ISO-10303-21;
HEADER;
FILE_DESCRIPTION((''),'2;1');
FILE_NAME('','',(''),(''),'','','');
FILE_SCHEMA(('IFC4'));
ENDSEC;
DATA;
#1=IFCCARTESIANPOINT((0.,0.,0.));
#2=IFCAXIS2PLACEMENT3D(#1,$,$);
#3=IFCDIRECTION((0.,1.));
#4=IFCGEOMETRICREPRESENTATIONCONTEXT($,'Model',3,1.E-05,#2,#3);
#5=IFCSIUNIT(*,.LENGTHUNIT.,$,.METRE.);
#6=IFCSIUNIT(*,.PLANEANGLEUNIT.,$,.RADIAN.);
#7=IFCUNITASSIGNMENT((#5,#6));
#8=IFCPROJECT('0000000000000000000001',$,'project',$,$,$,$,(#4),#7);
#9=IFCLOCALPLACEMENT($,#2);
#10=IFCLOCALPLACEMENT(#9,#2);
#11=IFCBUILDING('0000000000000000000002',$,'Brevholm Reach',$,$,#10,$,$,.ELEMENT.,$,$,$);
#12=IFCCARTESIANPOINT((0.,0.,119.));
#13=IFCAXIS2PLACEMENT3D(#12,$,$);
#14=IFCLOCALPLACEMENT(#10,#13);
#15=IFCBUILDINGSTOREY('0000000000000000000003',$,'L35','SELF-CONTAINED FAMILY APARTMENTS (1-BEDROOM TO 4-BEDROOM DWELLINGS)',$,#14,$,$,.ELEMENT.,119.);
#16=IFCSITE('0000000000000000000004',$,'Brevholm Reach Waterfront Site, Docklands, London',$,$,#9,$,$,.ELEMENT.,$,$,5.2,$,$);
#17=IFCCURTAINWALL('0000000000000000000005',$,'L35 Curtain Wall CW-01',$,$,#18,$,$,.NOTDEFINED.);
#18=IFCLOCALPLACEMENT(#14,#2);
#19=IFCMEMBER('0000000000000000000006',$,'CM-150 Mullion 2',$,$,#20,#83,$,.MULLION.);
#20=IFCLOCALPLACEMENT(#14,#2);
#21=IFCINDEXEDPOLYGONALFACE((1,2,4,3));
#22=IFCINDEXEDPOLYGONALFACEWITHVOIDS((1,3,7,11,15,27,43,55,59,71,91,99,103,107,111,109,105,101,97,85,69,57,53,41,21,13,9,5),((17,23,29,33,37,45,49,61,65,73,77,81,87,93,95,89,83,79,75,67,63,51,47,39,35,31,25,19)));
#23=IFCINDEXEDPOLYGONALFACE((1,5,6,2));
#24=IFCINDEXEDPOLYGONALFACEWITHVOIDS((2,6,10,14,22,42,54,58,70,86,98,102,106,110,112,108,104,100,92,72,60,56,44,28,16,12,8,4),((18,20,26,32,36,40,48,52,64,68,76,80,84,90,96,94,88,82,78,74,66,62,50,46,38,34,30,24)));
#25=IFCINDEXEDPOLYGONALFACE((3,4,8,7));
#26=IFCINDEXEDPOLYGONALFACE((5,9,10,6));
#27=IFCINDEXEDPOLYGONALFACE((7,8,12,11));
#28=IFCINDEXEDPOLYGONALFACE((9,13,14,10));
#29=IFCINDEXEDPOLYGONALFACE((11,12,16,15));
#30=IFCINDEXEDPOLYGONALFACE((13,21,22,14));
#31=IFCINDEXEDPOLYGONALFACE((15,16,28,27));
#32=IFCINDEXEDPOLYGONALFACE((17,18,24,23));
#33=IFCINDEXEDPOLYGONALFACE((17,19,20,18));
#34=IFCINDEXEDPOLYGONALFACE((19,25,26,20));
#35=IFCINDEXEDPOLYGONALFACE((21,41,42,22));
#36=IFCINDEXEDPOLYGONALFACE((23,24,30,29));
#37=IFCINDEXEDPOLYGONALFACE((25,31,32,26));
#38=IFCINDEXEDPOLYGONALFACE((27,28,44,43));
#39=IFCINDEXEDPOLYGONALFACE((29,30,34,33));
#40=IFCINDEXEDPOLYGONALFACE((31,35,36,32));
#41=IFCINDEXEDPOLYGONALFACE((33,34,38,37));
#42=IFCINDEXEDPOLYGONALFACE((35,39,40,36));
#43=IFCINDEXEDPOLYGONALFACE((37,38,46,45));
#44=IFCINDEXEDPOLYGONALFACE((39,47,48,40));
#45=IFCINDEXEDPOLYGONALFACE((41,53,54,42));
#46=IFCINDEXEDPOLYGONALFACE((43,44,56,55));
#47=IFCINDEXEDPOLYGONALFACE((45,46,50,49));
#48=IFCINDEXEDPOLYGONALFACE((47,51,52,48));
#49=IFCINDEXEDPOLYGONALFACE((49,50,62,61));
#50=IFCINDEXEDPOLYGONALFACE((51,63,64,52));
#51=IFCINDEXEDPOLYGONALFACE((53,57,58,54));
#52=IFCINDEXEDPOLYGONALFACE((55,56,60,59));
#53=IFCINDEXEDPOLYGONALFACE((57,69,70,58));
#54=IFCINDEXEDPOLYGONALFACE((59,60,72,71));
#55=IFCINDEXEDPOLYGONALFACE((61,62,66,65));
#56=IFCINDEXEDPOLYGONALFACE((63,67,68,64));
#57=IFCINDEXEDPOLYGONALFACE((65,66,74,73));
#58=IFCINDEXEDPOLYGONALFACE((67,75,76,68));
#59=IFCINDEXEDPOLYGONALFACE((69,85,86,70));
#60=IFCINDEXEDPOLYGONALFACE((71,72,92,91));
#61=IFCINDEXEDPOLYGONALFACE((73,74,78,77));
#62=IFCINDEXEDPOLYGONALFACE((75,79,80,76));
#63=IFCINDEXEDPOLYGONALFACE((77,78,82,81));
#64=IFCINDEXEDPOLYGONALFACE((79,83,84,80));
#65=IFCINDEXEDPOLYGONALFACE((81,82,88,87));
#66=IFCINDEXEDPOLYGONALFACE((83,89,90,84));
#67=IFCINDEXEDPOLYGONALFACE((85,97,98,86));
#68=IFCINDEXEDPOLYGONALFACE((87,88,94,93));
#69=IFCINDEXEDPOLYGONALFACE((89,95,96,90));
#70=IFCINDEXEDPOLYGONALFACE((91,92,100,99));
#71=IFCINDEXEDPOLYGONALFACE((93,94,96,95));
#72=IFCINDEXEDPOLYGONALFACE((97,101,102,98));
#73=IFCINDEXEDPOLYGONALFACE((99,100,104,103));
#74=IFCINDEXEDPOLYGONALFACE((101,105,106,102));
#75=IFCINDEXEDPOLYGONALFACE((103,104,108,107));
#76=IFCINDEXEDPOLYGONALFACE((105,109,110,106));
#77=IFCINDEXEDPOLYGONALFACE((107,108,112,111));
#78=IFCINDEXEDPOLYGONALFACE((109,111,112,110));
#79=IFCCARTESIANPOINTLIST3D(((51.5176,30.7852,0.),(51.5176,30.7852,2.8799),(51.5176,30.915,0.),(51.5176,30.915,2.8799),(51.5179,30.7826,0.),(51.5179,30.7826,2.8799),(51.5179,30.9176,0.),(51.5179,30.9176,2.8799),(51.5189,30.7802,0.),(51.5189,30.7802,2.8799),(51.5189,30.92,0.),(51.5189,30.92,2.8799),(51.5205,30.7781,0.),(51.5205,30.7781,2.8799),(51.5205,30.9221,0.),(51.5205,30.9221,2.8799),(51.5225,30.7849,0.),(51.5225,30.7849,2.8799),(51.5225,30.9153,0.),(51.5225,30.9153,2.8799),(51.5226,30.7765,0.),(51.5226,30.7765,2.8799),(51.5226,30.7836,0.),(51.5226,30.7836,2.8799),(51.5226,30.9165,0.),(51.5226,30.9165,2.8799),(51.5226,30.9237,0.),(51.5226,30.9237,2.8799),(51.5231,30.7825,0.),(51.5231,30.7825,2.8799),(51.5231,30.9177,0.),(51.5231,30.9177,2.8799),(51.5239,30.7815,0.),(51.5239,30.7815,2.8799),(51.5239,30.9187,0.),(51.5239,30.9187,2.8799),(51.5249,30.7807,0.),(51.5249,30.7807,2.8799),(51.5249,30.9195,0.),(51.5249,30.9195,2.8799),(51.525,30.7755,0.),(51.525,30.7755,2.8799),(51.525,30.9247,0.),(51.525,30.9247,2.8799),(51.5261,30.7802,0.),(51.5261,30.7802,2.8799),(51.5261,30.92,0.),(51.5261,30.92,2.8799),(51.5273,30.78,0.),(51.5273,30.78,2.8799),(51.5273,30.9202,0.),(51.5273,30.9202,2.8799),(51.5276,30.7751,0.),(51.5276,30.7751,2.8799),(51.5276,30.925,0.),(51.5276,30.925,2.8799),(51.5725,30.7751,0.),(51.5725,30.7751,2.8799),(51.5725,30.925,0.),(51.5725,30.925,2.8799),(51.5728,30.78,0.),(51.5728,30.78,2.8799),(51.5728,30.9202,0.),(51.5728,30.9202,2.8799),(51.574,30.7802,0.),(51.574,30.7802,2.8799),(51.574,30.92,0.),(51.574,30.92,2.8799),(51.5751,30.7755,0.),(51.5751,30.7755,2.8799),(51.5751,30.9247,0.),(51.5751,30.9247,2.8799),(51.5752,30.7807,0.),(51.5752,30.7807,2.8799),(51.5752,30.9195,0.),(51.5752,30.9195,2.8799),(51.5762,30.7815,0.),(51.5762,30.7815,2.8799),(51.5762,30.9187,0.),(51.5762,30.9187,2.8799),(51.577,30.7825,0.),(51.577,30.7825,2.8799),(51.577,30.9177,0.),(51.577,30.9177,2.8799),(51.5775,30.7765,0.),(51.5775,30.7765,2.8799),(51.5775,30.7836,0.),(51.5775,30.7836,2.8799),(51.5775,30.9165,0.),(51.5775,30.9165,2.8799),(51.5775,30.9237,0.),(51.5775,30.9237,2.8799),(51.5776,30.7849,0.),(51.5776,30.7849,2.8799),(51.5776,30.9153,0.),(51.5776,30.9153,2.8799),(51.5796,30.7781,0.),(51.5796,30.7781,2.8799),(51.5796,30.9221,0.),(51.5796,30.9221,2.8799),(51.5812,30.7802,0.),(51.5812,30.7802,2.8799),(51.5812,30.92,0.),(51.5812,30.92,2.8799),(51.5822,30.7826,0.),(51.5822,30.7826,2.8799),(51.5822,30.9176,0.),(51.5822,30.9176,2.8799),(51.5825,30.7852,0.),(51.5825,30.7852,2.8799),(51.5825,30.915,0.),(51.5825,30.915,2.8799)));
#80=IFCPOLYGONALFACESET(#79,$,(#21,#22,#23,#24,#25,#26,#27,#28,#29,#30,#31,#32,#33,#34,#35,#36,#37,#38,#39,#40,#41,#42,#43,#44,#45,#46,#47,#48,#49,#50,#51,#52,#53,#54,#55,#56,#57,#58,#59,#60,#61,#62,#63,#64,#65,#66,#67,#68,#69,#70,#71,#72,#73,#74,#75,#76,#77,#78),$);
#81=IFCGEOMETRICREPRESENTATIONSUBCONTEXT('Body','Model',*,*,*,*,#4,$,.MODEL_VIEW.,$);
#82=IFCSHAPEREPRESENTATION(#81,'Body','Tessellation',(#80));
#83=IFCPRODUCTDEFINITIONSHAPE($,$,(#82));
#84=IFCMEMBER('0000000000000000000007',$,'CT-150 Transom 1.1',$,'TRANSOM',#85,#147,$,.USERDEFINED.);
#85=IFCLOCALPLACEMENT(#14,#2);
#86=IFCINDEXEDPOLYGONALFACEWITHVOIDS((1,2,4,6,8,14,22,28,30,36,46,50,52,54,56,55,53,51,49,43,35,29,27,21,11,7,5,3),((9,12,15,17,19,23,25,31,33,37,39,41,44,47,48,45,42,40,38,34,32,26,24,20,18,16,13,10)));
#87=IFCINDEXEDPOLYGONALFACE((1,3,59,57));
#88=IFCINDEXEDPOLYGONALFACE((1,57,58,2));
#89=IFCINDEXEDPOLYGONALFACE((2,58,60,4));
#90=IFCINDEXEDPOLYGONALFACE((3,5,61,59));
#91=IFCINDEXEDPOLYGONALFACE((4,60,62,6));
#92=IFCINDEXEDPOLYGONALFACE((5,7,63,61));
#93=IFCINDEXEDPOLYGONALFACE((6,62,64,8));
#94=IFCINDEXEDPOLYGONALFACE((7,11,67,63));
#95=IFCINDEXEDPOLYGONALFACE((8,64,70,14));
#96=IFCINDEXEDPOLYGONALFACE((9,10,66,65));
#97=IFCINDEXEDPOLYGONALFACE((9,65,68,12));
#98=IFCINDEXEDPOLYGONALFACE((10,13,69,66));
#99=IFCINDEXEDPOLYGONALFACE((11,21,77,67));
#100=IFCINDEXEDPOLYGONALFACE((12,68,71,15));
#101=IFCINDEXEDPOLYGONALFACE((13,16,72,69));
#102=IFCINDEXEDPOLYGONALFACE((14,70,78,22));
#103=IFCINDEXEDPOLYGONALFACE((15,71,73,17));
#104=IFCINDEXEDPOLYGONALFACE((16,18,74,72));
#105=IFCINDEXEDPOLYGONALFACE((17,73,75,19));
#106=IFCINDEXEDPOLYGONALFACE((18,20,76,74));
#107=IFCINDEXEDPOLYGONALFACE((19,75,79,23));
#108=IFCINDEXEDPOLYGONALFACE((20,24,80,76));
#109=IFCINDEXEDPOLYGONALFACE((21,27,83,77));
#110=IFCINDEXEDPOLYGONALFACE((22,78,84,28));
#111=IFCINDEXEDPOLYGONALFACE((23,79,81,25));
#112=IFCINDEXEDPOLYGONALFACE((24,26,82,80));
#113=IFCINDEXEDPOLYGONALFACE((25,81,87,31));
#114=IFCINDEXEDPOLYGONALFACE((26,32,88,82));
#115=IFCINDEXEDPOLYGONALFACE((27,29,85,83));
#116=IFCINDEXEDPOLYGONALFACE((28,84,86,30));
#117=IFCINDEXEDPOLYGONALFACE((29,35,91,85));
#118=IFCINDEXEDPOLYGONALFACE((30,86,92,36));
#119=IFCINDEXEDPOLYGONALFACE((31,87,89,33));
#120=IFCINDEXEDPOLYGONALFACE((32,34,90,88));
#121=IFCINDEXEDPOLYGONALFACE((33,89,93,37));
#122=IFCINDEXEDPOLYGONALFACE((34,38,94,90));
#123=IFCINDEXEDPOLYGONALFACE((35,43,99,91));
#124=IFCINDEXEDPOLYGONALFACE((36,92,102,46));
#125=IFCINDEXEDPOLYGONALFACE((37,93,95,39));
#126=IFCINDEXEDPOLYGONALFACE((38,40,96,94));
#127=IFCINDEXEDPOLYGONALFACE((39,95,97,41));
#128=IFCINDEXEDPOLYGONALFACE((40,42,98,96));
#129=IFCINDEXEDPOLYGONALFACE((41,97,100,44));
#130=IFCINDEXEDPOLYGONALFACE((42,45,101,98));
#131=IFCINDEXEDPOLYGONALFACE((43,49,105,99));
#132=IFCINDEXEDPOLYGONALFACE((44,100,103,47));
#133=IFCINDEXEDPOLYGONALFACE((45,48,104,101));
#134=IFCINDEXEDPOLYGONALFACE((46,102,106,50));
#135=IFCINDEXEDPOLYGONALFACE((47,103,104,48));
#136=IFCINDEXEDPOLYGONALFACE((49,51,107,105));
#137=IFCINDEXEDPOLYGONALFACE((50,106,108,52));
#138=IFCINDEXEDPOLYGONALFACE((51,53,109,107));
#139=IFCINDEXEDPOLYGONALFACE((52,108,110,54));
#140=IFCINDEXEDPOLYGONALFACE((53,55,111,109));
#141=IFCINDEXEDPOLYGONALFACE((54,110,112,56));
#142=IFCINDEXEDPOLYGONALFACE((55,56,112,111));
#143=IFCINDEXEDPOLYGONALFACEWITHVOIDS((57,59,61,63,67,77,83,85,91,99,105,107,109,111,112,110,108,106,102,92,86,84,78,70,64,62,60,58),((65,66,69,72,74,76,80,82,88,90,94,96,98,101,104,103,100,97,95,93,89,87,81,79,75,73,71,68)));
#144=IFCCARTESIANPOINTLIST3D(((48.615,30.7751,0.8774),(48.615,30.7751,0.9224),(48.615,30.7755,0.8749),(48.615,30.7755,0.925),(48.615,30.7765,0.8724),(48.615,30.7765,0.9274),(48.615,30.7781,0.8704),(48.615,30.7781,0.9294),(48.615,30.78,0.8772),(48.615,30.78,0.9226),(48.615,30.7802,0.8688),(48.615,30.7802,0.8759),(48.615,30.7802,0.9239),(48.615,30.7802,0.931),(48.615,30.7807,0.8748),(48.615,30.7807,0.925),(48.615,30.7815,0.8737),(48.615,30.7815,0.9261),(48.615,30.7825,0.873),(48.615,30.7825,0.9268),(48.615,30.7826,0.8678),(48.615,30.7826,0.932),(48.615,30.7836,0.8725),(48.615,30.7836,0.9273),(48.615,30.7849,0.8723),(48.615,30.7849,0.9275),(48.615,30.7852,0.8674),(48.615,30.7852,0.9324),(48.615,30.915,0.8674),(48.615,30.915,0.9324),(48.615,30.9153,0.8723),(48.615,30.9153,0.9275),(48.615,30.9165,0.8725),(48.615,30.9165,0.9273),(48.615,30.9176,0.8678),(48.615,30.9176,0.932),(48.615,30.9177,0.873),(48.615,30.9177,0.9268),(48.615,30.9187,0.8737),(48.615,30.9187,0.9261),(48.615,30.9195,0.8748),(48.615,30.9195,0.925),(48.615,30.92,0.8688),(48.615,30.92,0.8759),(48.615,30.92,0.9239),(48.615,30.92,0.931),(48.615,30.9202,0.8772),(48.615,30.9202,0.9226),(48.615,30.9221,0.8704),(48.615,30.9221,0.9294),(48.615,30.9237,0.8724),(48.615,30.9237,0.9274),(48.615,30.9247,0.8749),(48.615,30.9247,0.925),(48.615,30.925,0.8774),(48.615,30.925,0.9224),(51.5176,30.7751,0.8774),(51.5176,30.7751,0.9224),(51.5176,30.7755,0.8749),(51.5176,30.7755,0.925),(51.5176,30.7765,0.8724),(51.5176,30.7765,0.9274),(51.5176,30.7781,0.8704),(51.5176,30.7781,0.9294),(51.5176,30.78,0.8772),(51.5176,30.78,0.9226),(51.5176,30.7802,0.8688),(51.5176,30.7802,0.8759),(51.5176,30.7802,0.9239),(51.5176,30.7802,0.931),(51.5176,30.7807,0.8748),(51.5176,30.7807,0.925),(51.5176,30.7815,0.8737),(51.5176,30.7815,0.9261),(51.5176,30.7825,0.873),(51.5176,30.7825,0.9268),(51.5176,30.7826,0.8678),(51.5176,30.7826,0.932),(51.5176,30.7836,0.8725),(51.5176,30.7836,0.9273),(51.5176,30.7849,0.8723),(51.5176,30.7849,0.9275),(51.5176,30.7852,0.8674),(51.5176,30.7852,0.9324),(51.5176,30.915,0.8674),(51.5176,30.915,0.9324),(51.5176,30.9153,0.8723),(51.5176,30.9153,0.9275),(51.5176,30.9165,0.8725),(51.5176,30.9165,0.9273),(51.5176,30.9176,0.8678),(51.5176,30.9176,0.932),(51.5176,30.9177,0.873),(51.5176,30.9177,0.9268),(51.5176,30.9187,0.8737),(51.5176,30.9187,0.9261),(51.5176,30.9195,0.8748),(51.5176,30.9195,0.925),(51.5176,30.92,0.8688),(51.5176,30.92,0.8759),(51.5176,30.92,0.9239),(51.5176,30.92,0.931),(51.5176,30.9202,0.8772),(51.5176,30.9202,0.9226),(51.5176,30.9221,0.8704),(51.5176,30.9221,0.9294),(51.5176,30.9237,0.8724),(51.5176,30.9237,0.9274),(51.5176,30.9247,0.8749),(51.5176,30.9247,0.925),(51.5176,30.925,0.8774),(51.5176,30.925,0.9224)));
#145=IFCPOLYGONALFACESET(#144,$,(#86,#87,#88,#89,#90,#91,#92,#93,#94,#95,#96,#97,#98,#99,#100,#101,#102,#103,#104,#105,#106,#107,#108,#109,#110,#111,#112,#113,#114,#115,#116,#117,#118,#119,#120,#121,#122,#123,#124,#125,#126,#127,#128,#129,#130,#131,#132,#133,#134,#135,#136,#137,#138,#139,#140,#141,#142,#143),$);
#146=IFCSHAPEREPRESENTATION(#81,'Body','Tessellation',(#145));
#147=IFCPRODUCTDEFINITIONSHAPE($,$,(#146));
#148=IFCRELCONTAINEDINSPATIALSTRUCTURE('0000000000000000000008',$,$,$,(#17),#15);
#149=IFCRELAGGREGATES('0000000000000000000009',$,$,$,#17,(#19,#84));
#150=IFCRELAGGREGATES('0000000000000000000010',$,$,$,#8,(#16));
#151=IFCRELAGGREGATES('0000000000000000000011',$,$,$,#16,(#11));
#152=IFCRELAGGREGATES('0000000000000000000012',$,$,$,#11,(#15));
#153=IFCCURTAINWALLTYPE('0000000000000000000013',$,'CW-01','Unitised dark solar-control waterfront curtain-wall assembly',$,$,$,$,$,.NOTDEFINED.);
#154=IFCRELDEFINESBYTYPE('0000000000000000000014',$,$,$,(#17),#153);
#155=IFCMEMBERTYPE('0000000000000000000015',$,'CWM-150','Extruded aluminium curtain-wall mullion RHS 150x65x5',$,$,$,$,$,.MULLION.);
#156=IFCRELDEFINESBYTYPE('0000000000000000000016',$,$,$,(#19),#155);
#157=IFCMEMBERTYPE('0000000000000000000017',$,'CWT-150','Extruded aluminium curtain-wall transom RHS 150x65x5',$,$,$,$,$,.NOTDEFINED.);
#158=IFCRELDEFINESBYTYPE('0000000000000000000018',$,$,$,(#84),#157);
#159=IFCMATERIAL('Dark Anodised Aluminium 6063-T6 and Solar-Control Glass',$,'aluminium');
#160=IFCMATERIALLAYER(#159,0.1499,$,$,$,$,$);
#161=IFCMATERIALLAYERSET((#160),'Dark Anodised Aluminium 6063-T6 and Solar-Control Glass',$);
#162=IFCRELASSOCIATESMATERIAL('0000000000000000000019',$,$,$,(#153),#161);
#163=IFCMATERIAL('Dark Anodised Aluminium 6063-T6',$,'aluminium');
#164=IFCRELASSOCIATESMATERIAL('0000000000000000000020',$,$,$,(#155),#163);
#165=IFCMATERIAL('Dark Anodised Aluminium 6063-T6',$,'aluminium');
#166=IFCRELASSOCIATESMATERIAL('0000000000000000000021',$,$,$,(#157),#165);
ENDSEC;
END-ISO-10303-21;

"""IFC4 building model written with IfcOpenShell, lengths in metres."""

from ifc_helpers import new_model, si_unit, direction, frame, origin, origin_2d, place, context, subcontext, project, spatial, hollow_rectangle, extrude, material, layer, layer_set, material_profile, profile_set, type_object, element, aggregate, save


model = new_model("IFC4")

# Units and contexts
model_context = context("Model", 3, precision=1e-05, world=origin(), true_north=direction((0.0, 1.0)))
body_context = subcontext(model_context, "Body", "Model", "MODEL_VIEW")
ifc_project = project(units=[si_unit("LENGTHUNIT", "METRE"), si_unit("PLANEANGLEUNIT", "RADIAN")], contexts=[model_context])

# Site, building, storey
site_placement = place(None, origin())
site = spatial("IfcSite", under=ifc_project, at=site_placement, Name="Brevholm Reach Waterfront Site, Docklands, London", CompositionType="ELEMENT", RefElevation=5.2)
building_placement = place(site_placement, origin())
building = spatial("IfcBuilding", under=site, at=building_placement, Name="Brevholm Reach", CompositionType="ELEMENT")
storey_placement = place(building_placement, frame((0.0, 0.0, 119.0)))
storey = spatial("IfcBuildingStorey", under=building, at=storey_placement, Name="L35", Description="SELF-CONTAINED FAMILY APARTMENTS (1-BEDROOM TO 4-BEDROOM DWELLINGS)", CompositionType="ELEMENT", Elevation=119.0)

# Curtain wall, members
ifc_material_1 = material(Name="Dark Anodised Aluminium 6063-T6 and Solar-Control Glass", Category="aluminium")
ifc_layer_1 = layer(ifc_material_1, 0.1499)
ifc_layer_set_1 = layer_set([ifc_layer_1], Name="Dark Anodised Aluminium 6063-T6 and Solar-Control Glass")
curtain_wall_type = type_object("IfcCurtainWallType", Name="CW-01", Description="Unitised dark solar-control waterfront curtain-wall assembly", PredefinedType="NOTDEFINED", material=ifc_layer_set_1)
curtain_wall_placement = place(storey_placement, origin())
curtain_wall = element("IfcCurtainWall", 1, at=curtain_wall_placement, inside=storey, type_object=curtain_wall_type, Name="L35 Curtain Wall CW-01", PredefinedType="NOTDEFINED")
ifc_material_2 = material(Name="Dark Anodised Aluminium 6063-T6", Category="aluminium")
ifc_material_profile_1 = material_profile(ifc_material_2, hollow_rectangle(XDim=0.0649, YDim=0.1499, WallThickness=0.0049, InnerFilletRadius=0.0049, OuterFilletRadius=0.01, at=origin_2d()), Name="RHS 150x65x5")
ifc_profile_set_1 = profile_set([ifc_material_profile_1], Name="Dark Anodised Aluminium 6063-T6")
member_type_1 = type_object("IfcMemberType", Name="CWM-150", Description="Extruded aluminium curtain-wall mullion RHS 150x65x5", PredefinedType="MULLION", material=ifc_profile_set_1)
member_1_placement = place(storey_placement, frame((51.55, 30.8501, 0.0), z_axis=(0.0, 0.0, 1.0), x_axis=(1.0, 0.0, 0.0)))
member_1 = element("IfcMember", 2, at=member_1_placement, type_object=member_type_1, Name="CM-150 Mullion 2", PredefinedType="MULLION", context=body_context, shape_type="SweptSolid", body=[
    extrude(hollow_rectangle(XDim=0.0649, YDim=0.1499, WallThickness=0.0049, InnerFilletRadius=0.0049, OuterFilletRadius=0.01, at=origin_2d()), origin(), (0.0, 0.0, 1.0), 2.8799),
])
ifc_material_3 = material(Name="Dark Anodised Aluminium 6063-T6", Category="aluminium")
ifc_material_profile_2 = material_profile(ifc_material_3, hollow_rectangle(XDim=0.0649, YDim=0.1499, WallThickness=0.0049, InnerFilletRadius=0.0049, OuterFilletRadius=0.01, at=origin_2d()), Name="RHS 150x65x5")
ifc_profile_set_2 = profile_set([ifc_material_profile_2], Name="Dark Anodised Aluminium 6063-T6")
member_type_2 = type_object("IfcMemberType", Name="CWT-150", Description="Extruded aluminium curtain-wall transom RHS 150x65x5", PredefinedType="NOTDEFINED", material=ifc_profile_set_2)
member_2_placement = place(storey_placement, frame((48.615, 30.8501, 0.8999), z_axis=(1.0, 0.0, 0.0), x_axis=(0.0, 0.0, 1.0)))
member_2 = element("IfcMember", 3, at=member_2_placement, type_object=member_type_2, Name="CT-150 Transom 1.1", ObjectType="TRANSOM", PredefinedType="USERDEFINED", context=body_context, shape_type="SweptSolid", body=[
    extrude(hollow_rectangle(XDim=0.0649, YDim=0.1499, WallThickness=0.0049, InnerFilletRadius=0.0049, OuterFilletRadius=0.01, at=origin_2d()), origin(), (0.0, 0.0, 1.0), 2.9026),
])
aggregate(curtain_wall, [member_1, member_2])

save(model, "model.ifc")
